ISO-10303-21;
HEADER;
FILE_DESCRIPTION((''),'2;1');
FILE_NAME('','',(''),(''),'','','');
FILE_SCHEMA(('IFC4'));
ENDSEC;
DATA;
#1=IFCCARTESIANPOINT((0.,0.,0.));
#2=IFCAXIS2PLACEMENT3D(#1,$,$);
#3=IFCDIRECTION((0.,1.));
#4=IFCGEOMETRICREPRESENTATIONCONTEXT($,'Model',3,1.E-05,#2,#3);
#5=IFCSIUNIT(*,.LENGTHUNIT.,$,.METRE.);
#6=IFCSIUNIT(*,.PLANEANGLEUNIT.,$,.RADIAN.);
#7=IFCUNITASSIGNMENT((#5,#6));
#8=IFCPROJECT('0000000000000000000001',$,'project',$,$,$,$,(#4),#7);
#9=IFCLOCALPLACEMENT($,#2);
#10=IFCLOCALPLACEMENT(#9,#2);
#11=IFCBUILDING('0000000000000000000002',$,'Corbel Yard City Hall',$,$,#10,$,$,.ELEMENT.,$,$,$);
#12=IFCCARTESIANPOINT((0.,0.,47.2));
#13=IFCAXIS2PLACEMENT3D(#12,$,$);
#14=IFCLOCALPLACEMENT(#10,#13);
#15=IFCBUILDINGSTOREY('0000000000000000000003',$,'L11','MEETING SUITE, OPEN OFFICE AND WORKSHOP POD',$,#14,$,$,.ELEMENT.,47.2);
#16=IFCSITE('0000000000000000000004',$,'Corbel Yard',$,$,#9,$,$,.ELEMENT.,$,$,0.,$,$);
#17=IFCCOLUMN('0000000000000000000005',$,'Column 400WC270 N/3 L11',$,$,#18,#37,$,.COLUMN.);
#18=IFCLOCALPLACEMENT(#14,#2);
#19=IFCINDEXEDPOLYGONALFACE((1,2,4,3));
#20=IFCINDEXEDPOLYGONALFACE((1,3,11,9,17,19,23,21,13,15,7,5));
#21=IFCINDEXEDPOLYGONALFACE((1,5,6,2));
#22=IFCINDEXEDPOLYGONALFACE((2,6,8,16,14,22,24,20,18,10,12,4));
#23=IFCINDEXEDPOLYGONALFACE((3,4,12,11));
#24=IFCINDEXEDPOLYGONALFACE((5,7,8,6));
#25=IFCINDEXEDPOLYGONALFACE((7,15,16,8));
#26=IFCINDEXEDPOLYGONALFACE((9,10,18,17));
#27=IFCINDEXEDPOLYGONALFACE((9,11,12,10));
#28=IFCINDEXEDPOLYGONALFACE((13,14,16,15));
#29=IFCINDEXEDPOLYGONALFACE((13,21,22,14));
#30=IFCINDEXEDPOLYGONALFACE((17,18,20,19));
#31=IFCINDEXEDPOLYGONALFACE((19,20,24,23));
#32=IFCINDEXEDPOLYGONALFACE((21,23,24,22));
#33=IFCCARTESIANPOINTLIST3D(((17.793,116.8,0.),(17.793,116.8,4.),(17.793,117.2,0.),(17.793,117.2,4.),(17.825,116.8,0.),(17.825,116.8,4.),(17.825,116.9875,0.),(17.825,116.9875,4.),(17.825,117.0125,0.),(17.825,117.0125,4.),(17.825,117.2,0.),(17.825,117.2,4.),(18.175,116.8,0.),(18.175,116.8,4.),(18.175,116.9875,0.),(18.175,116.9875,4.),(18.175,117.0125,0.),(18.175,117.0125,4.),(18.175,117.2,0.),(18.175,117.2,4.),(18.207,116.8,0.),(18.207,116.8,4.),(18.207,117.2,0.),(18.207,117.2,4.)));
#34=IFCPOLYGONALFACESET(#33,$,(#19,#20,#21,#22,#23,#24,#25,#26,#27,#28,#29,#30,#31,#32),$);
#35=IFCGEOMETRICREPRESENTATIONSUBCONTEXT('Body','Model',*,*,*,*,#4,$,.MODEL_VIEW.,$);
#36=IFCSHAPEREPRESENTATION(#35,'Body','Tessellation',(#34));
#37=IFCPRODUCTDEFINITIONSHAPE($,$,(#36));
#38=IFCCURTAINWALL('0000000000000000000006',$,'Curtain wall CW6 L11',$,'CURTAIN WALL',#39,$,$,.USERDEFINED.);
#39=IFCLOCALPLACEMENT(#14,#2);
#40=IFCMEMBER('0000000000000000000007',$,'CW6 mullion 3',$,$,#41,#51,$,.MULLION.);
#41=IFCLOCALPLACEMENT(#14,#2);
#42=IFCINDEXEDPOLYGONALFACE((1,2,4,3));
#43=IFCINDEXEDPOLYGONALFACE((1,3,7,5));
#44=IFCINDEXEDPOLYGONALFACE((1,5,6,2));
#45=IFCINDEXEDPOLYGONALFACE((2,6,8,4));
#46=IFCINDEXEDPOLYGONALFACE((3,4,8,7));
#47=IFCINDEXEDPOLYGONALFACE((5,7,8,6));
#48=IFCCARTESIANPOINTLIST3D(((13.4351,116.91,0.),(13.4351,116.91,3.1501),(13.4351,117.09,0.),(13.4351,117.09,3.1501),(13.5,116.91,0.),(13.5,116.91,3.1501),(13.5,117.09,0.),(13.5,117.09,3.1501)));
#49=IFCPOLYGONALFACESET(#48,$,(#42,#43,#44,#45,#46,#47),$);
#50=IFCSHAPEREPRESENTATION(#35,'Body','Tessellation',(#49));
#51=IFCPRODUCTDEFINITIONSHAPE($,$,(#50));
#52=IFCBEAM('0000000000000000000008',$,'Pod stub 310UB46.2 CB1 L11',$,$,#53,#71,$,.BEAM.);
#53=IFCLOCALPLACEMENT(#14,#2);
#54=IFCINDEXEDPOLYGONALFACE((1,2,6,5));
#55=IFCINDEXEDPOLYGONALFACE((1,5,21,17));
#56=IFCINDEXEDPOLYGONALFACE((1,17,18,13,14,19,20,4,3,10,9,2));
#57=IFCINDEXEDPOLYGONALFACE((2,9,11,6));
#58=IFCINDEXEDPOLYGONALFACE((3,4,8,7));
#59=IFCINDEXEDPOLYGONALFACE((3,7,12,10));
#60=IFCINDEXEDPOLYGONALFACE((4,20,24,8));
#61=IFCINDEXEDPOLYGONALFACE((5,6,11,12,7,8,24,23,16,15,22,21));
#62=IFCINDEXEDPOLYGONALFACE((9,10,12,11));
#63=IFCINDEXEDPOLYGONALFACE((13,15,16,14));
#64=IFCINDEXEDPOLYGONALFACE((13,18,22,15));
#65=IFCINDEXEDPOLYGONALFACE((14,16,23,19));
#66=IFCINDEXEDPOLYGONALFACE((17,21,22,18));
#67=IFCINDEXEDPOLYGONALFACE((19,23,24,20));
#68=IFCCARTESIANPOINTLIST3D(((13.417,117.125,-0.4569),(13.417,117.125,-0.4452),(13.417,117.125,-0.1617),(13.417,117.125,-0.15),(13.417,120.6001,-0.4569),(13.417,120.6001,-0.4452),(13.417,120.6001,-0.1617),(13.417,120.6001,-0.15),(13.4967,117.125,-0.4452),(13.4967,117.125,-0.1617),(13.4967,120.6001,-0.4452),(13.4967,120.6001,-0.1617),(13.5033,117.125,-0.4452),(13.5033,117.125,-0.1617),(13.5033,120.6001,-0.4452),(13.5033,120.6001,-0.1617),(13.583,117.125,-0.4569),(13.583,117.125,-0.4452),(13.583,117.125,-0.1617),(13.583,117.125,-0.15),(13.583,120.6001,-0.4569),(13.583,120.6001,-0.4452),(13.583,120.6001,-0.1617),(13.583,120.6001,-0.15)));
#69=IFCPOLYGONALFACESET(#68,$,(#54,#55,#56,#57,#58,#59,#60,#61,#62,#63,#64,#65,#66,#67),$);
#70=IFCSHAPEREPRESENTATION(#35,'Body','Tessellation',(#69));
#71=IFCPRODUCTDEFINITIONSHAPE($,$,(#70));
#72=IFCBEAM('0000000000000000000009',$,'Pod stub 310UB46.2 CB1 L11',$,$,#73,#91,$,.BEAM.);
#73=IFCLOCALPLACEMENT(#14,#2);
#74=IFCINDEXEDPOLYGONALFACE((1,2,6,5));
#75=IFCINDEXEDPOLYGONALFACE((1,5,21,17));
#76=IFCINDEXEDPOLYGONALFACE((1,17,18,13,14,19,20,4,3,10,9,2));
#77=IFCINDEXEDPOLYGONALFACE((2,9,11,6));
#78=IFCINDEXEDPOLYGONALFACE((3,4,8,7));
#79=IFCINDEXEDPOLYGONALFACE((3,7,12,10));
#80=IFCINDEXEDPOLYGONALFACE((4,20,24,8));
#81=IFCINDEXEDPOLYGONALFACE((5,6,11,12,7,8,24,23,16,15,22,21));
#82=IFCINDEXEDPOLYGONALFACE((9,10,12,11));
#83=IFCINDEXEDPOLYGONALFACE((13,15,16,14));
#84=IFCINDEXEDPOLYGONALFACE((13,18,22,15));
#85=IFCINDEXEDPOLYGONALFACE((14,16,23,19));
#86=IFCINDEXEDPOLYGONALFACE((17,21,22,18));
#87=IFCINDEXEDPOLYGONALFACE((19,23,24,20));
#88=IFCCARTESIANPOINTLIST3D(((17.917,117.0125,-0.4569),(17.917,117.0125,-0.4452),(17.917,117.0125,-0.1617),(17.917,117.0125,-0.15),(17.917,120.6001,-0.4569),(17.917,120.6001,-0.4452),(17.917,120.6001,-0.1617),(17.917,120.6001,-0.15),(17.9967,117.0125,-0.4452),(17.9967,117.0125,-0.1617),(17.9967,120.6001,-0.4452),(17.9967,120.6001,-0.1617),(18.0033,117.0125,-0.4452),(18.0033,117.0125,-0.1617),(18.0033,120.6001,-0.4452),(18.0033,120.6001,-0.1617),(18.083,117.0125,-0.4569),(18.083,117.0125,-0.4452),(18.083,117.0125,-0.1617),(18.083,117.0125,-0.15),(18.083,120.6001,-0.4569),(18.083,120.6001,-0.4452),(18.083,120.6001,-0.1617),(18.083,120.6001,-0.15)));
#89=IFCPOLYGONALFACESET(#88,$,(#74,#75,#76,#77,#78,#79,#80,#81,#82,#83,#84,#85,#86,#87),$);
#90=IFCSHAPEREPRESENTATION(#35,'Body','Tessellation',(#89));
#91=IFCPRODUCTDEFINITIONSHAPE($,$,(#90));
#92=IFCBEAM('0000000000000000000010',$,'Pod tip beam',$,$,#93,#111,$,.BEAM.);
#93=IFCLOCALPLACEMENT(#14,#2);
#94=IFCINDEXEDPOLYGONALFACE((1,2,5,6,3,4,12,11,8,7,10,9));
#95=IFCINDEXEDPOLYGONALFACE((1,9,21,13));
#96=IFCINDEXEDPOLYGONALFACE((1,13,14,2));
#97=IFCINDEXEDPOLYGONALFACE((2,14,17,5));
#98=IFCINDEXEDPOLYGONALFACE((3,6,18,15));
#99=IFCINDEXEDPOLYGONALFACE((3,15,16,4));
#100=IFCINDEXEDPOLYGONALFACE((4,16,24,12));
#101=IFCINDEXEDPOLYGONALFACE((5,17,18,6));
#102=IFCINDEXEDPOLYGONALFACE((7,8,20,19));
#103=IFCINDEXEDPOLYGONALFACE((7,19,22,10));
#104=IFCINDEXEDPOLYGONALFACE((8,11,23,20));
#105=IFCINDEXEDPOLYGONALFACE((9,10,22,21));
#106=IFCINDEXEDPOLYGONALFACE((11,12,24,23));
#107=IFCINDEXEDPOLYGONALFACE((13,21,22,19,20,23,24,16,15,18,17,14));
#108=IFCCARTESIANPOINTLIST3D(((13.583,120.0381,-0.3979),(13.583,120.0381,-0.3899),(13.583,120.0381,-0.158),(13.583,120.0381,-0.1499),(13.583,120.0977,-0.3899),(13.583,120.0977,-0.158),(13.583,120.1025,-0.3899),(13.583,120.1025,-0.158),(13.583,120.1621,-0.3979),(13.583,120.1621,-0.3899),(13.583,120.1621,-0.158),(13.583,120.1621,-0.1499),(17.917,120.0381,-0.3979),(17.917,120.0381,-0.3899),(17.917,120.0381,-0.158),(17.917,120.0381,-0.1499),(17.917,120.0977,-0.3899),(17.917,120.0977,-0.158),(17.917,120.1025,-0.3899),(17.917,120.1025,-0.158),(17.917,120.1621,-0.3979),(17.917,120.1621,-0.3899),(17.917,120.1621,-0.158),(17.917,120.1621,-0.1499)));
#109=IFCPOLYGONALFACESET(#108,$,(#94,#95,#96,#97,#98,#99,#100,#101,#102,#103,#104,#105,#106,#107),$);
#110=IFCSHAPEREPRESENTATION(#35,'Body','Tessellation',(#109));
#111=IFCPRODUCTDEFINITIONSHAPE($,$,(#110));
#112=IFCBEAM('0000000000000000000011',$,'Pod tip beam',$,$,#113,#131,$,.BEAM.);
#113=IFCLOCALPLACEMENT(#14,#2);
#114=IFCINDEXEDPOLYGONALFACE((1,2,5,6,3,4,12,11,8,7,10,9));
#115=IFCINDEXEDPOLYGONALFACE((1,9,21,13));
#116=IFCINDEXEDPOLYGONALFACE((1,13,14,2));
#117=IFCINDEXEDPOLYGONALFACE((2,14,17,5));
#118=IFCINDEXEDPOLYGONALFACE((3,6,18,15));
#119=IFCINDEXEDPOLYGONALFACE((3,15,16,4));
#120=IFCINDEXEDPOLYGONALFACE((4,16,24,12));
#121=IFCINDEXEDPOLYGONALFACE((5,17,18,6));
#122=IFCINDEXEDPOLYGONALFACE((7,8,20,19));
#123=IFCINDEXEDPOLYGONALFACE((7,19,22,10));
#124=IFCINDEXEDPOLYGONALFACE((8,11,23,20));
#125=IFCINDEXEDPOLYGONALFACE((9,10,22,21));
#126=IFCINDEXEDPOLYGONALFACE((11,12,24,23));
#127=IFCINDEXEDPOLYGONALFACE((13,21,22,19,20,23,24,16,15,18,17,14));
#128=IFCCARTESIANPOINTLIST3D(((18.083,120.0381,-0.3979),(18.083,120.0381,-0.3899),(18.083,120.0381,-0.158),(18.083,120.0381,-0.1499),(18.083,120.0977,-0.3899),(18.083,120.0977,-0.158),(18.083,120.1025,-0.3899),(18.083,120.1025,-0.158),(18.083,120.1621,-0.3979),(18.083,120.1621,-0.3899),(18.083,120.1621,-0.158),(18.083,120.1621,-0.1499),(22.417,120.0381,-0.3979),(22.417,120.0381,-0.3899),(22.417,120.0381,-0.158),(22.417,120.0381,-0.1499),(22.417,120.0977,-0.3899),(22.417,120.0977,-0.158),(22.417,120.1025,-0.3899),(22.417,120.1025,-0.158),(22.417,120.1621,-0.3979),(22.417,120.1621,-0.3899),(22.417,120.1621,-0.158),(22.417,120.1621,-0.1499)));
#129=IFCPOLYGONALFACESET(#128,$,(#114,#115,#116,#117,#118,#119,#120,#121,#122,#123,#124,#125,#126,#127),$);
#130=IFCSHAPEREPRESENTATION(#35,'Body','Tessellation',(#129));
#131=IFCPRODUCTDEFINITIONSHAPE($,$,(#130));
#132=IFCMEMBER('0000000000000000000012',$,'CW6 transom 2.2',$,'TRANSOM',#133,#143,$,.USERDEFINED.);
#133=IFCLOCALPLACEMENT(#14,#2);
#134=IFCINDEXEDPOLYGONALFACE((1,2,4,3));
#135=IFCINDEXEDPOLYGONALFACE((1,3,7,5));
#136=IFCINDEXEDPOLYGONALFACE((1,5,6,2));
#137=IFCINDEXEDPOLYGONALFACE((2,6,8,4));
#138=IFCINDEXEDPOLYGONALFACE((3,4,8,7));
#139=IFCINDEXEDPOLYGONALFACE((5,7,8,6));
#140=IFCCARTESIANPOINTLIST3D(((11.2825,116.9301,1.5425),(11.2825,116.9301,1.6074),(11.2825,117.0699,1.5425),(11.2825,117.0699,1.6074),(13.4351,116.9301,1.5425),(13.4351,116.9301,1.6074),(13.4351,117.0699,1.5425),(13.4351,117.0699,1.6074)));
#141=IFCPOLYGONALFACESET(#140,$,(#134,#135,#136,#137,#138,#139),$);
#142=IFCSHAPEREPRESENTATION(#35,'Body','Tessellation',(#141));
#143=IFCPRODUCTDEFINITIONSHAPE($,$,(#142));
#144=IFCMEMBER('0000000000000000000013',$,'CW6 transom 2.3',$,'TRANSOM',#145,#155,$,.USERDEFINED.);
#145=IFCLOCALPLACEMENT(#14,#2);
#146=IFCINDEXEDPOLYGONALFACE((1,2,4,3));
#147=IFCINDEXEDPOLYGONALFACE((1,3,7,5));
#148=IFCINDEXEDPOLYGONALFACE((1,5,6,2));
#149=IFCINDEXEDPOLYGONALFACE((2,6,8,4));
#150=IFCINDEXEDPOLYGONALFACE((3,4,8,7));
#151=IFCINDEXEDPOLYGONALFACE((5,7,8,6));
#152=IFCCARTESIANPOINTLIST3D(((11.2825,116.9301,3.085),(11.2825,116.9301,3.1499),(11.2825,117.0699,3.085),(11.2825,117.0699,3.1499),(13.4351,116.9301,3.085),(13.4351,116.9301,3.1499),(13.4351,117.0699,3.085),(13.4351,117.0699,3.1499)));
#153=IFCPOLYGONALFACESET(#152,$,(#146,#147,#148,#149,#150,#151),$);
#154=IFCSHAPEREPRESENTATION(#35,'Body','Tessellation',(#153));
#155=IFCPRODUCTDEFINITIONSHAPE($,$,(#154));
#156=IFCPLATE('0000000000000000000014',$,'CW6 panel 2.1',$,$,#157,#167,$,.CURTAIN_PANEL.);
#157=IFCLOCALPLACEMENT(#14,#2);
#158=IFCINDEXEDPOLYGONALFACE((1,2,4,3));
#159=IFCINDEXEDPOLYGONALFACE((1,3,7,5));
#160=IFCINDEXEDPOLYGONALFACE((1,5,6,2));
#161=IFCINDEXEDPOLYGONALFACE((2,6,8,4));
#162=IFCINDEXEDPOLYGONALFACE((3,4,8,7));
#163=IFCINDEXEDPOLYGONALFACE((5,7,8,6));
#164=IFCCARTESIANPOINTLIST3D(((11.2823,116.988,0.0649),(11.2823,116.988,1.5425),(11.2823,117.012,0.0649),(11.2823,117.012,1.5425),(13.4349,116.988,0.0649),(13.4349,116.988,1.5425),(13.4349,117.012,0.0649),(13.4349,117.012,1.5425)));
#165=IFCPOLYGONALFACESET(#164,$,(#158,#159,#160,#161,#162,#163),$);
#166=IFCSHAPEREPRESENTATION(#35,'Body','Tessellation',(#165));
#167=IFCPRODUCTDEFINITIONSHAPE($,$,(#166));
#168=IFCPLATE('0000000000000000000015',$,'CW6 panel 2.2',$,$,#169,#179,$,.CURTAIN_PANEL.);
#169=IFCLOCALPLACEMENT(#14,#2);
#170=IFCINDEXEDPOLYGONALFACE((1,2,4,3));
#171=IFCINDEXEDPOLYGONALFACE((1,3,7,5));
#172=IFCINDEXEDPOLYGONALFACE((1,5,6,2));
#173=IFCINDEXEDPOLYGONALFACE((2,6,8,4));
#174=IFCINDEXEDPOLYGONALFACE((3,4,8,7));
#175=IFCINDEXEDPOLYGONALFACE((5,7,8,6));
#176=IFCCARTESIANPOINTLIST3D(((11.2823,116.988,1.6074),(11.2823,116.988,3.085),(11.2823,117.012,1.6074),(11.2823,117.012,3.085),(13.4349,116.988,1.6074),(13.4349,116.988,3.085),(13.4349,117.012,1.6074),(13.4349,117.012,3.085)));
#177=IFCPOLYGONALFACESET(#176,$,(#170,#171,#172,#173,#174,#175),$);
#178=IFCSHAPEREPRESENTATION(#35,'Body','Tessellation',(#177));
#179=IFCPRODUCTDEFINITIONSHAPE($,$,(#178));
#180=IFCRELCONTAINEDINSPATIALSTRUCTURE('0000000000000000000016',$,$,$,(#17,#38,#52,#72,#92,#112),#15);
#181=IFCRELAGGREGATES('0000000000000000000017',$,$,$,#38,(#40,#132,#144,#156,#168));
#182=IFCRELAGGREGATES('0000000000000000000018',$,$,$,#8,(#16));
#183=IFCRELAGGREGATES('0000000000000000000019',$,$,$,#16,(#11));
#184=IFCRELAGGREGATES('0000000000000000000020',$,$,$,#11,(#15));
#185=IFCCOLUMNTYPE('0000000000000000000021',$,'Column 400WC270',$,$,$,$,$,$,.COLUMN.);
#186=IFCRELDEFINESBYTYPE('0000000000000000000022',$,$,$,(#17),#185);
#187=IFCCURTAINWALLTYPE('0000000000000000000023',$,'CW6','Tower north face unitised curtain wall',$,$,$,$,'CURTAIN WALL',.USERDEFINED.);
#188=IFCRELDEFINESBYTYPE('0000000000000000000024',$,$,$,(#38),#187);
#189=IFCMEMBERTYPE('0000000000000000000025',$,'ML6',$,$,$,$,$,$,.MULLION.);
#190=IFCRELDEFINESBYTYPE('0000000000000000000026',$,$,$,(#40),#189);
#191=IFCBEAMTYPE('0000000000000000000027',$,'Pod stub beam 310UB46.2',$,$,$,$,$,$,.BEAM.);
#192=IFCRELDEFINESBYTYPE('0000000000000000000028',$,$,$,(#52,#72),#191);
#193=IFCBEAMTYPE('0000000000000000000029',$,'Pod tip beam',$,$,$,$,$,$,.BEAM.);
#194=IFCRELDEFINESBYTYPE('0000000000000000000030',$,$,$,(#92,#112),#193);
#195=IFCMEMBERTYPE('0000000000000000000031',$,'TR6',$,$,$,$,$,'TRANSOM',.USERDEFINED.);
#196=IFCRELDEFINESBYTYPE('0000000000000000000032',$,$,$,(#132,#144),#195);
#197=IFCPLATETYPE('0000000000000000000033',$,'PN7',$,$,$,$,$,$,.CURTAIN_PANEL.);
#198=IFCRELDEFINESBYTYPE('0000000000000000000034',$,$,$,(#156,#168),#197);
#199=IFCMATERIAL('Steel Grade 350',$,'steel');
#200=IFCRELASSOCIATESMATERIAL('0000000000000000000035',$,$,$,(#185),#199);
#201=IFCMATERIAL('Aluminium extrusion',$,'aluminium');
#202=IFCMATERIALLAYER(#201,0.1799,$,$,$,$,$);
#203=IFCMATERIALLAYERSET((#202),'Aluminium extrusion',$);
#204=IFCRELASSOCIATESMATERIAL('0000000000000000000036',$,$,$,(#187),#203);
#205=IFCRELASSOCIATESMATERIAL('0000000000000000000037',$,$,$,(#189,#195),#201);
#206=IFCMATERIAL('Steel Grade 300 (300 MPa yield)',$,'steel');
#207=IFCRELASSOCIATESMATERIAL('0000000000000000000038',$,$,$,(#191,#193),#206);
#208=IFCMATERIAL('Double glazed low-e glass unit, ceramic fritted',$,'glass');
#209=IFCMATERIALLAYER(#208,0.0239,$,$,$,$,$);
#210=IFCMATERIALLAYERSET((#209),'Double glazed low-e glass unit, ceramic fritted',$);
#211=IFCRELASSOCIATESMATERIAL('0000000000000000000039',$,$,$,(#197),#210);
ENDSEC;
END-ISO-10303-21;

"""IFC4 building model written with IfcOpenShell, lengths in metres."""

from ifc_helpers import new_model, si_unit, direction, frame, origin, origin_2d, place, context, subcontext, project, spatial, rectangle, i_section, extrude, material, layer, layer_set, material_profile, profile_set, type_object, element, aggregate, save


model = new_model("IFC4")

# Units and contexts
model_context = context("Model", 3, precision=1e-05, world=origin(), true_north=direction((0.0, 1.0)))
body_context = subcontext(model_context, "Body", "Model", "MODEL_VIEW")
ifc_project = project(units=[si_unit("LENGTHUNIT", "METRE"), si_unit("PLANEANGLEUNIT", "RADIAN")], contexts=[model_context])

# Site, building, storey
site_placement = place(None, origin())
site = spatial("IfcSite", under=ifc_project, at=site_placement, Name="Corbel Yard", CompositionType="ELEMENT", RefElevation=0.0)
building_placement = place(site_placement, origin())
building = spatial("IfcBuilding", under=site, at=building_placement, Name="Corbel Yard City Hall", CompositionType="ELEMENT")
storey_placement = place(building_placement, frame((0.0, 0.0, 47.2)))
storey = spatial("IfcBuildingStorey", under=building, at=storey_placement, Name="L11", Description="MEETING SUITE, OPEN OFFICE AND WORKSHOP POD", CompositionType="ELEMENT", Elevation=47.2)

# Column
ifc_material_1 = material(Name="Steel Grade 350", Category="steel")
ifc_material_profile_1 = material_profile(ifc_material_1, i_section(OverallWidth=0.3999, OverallDepth=0.4141, WebThickness=0.0249, FlangeThickness=0.032, at=origin_2d()), Name="400WC270")
ifc_profile_set_1 = profile_set([ifc_material_profile_1], Name="Steel Grade 350")
column_type = type_object("IfcColumnType", Name="Column 400WC270", PredefinedType="COLUMN", material=ifc_profile_set_1)
column_placement = place(storey_placement, frame((18.0, 117.0, 0.0), z_axis=(0.0, 0.0, 1.0), x_axis=(0.0, 1.0, 0.0)))
element("IfcColumn", 1, at=column_placement, inside=storey, type_object=column_type, Name="Column 400WC270 N/3 L11", PredefinedType="COLUMN", context=body_context, shape_type="SweptSolid", body=[
    extrude(i_section(OverallWidth=0.3999, OverallDepth=0.4141, WebThickness=0.0249, FlangeThickness=0.032, at=origin_2d()), origin(), (0.0, 0.0, 1.0), 4.0),
])

# Curtain wall, member
ifc_material_2 = material(Name="Aluminium extrusion", Category="aluminium")
ifc_layer_1 = layer(ifc_material_2, 0.1799)
ifc_layer_set_1 = layer_set([ifc_layer_1], Name="Aluminium extrusion")
curtain_wall_type = type_object("IfcCurtainWallType", Name="CW6", Description="Tower north face unitised curtain wall", ElementType="CURTAIN WALL", PredefinedType="USERDEFINED", material=ifc_layer_set_1)
curtain_wall_placement = place(storey_placement, origin())
curtain_wall = element("IfcCurtainWall", 2, at=curtain_wall_placement, inside=storey, type_object=curtain_wall_type, Name="Curtain wall CW6 L11", ObjectType="CURTAIN WALL", PredefinedType="USERDEFINED")
ifc_material_profile_2 = material_profile(ifc_material_2, rectangle(XDim=0.1799, YDim=0.0649, at=origin_2d()), Name="180x65")
ifc_profile_set_2 = profile_set([ifc_material_profile_2], Name="Aluminium extrusion")
member_type_1 = type_object("IfcMemberType", Name="ML6", PredefinedType="MULLION", material=ifc_profile_set_2)
member_1_placement = place(storey_placement, frame((13.4675, 117.0, 0.0), z_axis=(0.0, 0.0, 1.0), x_axis=(0.0, 1.0, 0.0)))
member_1 = element("IfcMember", 3, at=member_1_placement, type_object=member_type_1, Name="CW6 mullion 3", PredefinedType="MULLION", context=body_context, shape_type="SweptSolid", body=[
    extrude(rectangle(XDim=0.1799, YDim=0.0649, at=origin_2d()), origin(), (0.0, 0.0, 1.0), 3.1501),
])

# Beams
ifc_material_3 = material(Name="Steel Grade 300 (300 MPa yield)", Category="steel")
ifc_material_profile_3 = material_profile(ifc_material_3, i_section(OverallWidth=0.166, OverallDepth=0.3069, WebThickness=0.0066, FlangeThickness=0.0117, at=origin_2d()), Name="310UB46.2")
ifc_profile_set_3 = profile_set([ifc_material_profile_3], Name="Steel Grade 300 (300 MPa yield)")
beam_type_1 = type_object("IfcBeamType", Name="Pod stub beam 310UB46.2", PredefinedType="BEAM", material=ifc_profile_set_3)
beam_1_placement = place(storey_placement, frame((13.5, 117.125, -0.3035), z_axis=(0.0, 1.0, 0.0), x_axis=(-1.0, 0.0, 0.0)))
element("IfcBeam", 4, at=beam_1_placement, inside=storey, type_object=beam_type_1, Name="Pod stub 310UB46.2 CB1 L11", PredefinedType="BEAM", context=body_context, shape_type="SweptSolid", body=[
    extrude(i_section(OverallWidth=0.166, OverallDepth=0.3069, WebThickness=0.0066, FlangeThickness=0.0117, at=origin_2d()), origin(), (0.0, 0.0, 1.0), 3.4751),
])
beam_2_placement = place(storey_placement, frame((18.0, 117.0125, -0.3035), z_axis=(0.0, 1.0, 0.0), x_axis=(-1.0, 0.0, 0.0)))
element("IfcBeam", 5, at=beam_2_placement, inside=storey, type_object=beam_type_1, Name="Pod stub 310UB46.2 CB1 L11", PredefinedType="BEAM", context=body_context, shape_type="SweptSolid", body=[
    extrude(i_section(OverallWidth=0.166, OverallDepth=0.3069, WebThickness=0.0066, FlangeThickness=0.0117, at=origin_2d()), origin(), (0.0, 0.0, 1.0), 3.5876),
])
ifc_material_profile_4 = material_profile(ifc_material_3, i_section(OverallWidth=0.124, OverallDepth=0.248, WebThickness=0.0049, FlangeThickness=0.0081, at=origin_2d()), Name="250UB25.7")
ifc_profile_set_4 = profile_set([ifc_material_profile_4], Name="Steel Grade 300 (300 MPa yield)")
beam_type_2 = type_object("IfcBeamType", Name="Pod tip beam", PredefinedType="BEAM", material=ifc_profile_set_4)
for number, where, z_axis, x_axis, name in (
    (6, (13.583, 120.1001, -0.2739), (1.0, 0.0, 0.0), (0.0, 1.0, 0.0), "Pod tip beam"),
    (7, (18.083, 120.1001, -0.2739), (1.0, 0.0, 0.0), (0.0, 1.0, 0.0), "Pod tip beam"),
):
    element("IfcBeam", number, at=place(storey_placement, frame(where, z_axis=z_axis, x_axis=x_axis)), inside=storey, type_object=beam_type_2, Name=name, PredefinedType="BEAM", context=body_context, shape_type="SweptSolid", body=[
        extrude(i_section(OverallWidth=0.124, OverallDepth=0.248, WebThickness=0.0049, FlangeThickness=0.0081, at=origin_2d()), origin(), (0.0, 0.0, 1.0), 4.334),
    ])

# Members
ifc_material_profile_5 = material_profile(ifc_material_2, rectangle(XDim=0.1399, YDim=0.0649, at=origin_2d()), Name="140x65")
ifc_profile_set_5 = profile_set([ifc_material_profile_5], Name="Aluminium extrusion")
member_type_2 = type_object("IfcMemberType", Name="TR6", ElementType="TRANSOM", PredefinedType="USERDEFINED", material=ifc_profile_set_5)
member_2_placement = place(storey_placement, frame((11.2825, 117.0, 1.575), z_axis=(1.0, 0.0, 0.0), x_axis=(0.0, 1.0, 0.0)))
member_2 = element("IfcMember", 8, at=member_2_placement, type_object=member_type_2, Name="CW6 transom 2.2", ObjectType="TRANSOM", PredefinedType="USERDEFINED", context=body_context, shape_type="SweptSolid", body=[
    extrude(rectangle(XDim=0.1399, YDim=0.0649, at=origin_2d()), origin(), (0.0, 0.0, 1.0), 2.1526),
])
member_3_placement = place(storey_placement, frame((11.2825, 117.0, 3.1174), z_axis=(1.0, 0.0, 0.0), x_axis=(0.0, 1.0, 0.0)))
member_3 = element("IfcMember", 9, at=member_3_placement, type_object=member_type_2, Name="CW6 transom 2.3", ObjectType="TRANSOM", PredefinedType="USERDEFINED", context=body_context, shape_type="SweptSolid", body=[
    extrude(rectangle(XDim=0.1399, YDim=0.0649, at=origin_2d()), origin(), (0.0, 0.0, 1.0), 2.1526),
])

# Plates
ifc_material_4 = material(Name="Double glazed low-e glass unit, ceramic fritted", Category="glass")
ifc_layer_2 = layer(ifc_material_4, 0.0239)
ifc_layer_set_2 = layer_set([ifc_layer_2], Name="Double glazed low-e glass unit, ceramic fritted")
plate_type = type_object("IfcPlateType", Name="PN7", PredefinedType="CURTAIN_PANEL", material=ifc_layer_set_2)
plate_1_placement = place(storey_placement, frame((12.3586, 117.0, 0.0649), z_axis=(0.0, 0.0, 1.0), x_axis=(1.0, 0.0, 0.0)))
plate_1 = element("IfcPlate", 10, at=plate_1_placement, type_object=plate_type, Name="CW6 panel 2.1", PredefinedType="CURTAIN_PANEL", context=body_context, shape_type="SweptSolid", body=[
    extrude(rectangle(XDim=2.1526, YDim=0.0239, at=origin_2d()), origin(), (0.0, 0.0, 1.0), 1.4775),
])
plate_2_placement = place(storey_placement, frame((12.3586, 117.0, 1.6074), z_axis=(0.0, 0.0, 1.0), x_axis=(1.0, 0.0, 0.0)))
plate_2 = element("IfcPlate", 11, at=plate_2_placement, type_object=plate_type, Name="CW6 panel 2.2", PredefinedType="CURTAIN_PANEL", context=body_context, shape_type="SweptSolid", body=[
    extrude(rectangle(XDim=2.1526, YDim=0.0239, at=origin_2d()), origin(), (0.0, 0.0, 1.0), 1.4775),
])
aggregate(curtain_wall, [member_1, member_2, member_3, plate_1, plate_2])

save(model, "model.ifc")
